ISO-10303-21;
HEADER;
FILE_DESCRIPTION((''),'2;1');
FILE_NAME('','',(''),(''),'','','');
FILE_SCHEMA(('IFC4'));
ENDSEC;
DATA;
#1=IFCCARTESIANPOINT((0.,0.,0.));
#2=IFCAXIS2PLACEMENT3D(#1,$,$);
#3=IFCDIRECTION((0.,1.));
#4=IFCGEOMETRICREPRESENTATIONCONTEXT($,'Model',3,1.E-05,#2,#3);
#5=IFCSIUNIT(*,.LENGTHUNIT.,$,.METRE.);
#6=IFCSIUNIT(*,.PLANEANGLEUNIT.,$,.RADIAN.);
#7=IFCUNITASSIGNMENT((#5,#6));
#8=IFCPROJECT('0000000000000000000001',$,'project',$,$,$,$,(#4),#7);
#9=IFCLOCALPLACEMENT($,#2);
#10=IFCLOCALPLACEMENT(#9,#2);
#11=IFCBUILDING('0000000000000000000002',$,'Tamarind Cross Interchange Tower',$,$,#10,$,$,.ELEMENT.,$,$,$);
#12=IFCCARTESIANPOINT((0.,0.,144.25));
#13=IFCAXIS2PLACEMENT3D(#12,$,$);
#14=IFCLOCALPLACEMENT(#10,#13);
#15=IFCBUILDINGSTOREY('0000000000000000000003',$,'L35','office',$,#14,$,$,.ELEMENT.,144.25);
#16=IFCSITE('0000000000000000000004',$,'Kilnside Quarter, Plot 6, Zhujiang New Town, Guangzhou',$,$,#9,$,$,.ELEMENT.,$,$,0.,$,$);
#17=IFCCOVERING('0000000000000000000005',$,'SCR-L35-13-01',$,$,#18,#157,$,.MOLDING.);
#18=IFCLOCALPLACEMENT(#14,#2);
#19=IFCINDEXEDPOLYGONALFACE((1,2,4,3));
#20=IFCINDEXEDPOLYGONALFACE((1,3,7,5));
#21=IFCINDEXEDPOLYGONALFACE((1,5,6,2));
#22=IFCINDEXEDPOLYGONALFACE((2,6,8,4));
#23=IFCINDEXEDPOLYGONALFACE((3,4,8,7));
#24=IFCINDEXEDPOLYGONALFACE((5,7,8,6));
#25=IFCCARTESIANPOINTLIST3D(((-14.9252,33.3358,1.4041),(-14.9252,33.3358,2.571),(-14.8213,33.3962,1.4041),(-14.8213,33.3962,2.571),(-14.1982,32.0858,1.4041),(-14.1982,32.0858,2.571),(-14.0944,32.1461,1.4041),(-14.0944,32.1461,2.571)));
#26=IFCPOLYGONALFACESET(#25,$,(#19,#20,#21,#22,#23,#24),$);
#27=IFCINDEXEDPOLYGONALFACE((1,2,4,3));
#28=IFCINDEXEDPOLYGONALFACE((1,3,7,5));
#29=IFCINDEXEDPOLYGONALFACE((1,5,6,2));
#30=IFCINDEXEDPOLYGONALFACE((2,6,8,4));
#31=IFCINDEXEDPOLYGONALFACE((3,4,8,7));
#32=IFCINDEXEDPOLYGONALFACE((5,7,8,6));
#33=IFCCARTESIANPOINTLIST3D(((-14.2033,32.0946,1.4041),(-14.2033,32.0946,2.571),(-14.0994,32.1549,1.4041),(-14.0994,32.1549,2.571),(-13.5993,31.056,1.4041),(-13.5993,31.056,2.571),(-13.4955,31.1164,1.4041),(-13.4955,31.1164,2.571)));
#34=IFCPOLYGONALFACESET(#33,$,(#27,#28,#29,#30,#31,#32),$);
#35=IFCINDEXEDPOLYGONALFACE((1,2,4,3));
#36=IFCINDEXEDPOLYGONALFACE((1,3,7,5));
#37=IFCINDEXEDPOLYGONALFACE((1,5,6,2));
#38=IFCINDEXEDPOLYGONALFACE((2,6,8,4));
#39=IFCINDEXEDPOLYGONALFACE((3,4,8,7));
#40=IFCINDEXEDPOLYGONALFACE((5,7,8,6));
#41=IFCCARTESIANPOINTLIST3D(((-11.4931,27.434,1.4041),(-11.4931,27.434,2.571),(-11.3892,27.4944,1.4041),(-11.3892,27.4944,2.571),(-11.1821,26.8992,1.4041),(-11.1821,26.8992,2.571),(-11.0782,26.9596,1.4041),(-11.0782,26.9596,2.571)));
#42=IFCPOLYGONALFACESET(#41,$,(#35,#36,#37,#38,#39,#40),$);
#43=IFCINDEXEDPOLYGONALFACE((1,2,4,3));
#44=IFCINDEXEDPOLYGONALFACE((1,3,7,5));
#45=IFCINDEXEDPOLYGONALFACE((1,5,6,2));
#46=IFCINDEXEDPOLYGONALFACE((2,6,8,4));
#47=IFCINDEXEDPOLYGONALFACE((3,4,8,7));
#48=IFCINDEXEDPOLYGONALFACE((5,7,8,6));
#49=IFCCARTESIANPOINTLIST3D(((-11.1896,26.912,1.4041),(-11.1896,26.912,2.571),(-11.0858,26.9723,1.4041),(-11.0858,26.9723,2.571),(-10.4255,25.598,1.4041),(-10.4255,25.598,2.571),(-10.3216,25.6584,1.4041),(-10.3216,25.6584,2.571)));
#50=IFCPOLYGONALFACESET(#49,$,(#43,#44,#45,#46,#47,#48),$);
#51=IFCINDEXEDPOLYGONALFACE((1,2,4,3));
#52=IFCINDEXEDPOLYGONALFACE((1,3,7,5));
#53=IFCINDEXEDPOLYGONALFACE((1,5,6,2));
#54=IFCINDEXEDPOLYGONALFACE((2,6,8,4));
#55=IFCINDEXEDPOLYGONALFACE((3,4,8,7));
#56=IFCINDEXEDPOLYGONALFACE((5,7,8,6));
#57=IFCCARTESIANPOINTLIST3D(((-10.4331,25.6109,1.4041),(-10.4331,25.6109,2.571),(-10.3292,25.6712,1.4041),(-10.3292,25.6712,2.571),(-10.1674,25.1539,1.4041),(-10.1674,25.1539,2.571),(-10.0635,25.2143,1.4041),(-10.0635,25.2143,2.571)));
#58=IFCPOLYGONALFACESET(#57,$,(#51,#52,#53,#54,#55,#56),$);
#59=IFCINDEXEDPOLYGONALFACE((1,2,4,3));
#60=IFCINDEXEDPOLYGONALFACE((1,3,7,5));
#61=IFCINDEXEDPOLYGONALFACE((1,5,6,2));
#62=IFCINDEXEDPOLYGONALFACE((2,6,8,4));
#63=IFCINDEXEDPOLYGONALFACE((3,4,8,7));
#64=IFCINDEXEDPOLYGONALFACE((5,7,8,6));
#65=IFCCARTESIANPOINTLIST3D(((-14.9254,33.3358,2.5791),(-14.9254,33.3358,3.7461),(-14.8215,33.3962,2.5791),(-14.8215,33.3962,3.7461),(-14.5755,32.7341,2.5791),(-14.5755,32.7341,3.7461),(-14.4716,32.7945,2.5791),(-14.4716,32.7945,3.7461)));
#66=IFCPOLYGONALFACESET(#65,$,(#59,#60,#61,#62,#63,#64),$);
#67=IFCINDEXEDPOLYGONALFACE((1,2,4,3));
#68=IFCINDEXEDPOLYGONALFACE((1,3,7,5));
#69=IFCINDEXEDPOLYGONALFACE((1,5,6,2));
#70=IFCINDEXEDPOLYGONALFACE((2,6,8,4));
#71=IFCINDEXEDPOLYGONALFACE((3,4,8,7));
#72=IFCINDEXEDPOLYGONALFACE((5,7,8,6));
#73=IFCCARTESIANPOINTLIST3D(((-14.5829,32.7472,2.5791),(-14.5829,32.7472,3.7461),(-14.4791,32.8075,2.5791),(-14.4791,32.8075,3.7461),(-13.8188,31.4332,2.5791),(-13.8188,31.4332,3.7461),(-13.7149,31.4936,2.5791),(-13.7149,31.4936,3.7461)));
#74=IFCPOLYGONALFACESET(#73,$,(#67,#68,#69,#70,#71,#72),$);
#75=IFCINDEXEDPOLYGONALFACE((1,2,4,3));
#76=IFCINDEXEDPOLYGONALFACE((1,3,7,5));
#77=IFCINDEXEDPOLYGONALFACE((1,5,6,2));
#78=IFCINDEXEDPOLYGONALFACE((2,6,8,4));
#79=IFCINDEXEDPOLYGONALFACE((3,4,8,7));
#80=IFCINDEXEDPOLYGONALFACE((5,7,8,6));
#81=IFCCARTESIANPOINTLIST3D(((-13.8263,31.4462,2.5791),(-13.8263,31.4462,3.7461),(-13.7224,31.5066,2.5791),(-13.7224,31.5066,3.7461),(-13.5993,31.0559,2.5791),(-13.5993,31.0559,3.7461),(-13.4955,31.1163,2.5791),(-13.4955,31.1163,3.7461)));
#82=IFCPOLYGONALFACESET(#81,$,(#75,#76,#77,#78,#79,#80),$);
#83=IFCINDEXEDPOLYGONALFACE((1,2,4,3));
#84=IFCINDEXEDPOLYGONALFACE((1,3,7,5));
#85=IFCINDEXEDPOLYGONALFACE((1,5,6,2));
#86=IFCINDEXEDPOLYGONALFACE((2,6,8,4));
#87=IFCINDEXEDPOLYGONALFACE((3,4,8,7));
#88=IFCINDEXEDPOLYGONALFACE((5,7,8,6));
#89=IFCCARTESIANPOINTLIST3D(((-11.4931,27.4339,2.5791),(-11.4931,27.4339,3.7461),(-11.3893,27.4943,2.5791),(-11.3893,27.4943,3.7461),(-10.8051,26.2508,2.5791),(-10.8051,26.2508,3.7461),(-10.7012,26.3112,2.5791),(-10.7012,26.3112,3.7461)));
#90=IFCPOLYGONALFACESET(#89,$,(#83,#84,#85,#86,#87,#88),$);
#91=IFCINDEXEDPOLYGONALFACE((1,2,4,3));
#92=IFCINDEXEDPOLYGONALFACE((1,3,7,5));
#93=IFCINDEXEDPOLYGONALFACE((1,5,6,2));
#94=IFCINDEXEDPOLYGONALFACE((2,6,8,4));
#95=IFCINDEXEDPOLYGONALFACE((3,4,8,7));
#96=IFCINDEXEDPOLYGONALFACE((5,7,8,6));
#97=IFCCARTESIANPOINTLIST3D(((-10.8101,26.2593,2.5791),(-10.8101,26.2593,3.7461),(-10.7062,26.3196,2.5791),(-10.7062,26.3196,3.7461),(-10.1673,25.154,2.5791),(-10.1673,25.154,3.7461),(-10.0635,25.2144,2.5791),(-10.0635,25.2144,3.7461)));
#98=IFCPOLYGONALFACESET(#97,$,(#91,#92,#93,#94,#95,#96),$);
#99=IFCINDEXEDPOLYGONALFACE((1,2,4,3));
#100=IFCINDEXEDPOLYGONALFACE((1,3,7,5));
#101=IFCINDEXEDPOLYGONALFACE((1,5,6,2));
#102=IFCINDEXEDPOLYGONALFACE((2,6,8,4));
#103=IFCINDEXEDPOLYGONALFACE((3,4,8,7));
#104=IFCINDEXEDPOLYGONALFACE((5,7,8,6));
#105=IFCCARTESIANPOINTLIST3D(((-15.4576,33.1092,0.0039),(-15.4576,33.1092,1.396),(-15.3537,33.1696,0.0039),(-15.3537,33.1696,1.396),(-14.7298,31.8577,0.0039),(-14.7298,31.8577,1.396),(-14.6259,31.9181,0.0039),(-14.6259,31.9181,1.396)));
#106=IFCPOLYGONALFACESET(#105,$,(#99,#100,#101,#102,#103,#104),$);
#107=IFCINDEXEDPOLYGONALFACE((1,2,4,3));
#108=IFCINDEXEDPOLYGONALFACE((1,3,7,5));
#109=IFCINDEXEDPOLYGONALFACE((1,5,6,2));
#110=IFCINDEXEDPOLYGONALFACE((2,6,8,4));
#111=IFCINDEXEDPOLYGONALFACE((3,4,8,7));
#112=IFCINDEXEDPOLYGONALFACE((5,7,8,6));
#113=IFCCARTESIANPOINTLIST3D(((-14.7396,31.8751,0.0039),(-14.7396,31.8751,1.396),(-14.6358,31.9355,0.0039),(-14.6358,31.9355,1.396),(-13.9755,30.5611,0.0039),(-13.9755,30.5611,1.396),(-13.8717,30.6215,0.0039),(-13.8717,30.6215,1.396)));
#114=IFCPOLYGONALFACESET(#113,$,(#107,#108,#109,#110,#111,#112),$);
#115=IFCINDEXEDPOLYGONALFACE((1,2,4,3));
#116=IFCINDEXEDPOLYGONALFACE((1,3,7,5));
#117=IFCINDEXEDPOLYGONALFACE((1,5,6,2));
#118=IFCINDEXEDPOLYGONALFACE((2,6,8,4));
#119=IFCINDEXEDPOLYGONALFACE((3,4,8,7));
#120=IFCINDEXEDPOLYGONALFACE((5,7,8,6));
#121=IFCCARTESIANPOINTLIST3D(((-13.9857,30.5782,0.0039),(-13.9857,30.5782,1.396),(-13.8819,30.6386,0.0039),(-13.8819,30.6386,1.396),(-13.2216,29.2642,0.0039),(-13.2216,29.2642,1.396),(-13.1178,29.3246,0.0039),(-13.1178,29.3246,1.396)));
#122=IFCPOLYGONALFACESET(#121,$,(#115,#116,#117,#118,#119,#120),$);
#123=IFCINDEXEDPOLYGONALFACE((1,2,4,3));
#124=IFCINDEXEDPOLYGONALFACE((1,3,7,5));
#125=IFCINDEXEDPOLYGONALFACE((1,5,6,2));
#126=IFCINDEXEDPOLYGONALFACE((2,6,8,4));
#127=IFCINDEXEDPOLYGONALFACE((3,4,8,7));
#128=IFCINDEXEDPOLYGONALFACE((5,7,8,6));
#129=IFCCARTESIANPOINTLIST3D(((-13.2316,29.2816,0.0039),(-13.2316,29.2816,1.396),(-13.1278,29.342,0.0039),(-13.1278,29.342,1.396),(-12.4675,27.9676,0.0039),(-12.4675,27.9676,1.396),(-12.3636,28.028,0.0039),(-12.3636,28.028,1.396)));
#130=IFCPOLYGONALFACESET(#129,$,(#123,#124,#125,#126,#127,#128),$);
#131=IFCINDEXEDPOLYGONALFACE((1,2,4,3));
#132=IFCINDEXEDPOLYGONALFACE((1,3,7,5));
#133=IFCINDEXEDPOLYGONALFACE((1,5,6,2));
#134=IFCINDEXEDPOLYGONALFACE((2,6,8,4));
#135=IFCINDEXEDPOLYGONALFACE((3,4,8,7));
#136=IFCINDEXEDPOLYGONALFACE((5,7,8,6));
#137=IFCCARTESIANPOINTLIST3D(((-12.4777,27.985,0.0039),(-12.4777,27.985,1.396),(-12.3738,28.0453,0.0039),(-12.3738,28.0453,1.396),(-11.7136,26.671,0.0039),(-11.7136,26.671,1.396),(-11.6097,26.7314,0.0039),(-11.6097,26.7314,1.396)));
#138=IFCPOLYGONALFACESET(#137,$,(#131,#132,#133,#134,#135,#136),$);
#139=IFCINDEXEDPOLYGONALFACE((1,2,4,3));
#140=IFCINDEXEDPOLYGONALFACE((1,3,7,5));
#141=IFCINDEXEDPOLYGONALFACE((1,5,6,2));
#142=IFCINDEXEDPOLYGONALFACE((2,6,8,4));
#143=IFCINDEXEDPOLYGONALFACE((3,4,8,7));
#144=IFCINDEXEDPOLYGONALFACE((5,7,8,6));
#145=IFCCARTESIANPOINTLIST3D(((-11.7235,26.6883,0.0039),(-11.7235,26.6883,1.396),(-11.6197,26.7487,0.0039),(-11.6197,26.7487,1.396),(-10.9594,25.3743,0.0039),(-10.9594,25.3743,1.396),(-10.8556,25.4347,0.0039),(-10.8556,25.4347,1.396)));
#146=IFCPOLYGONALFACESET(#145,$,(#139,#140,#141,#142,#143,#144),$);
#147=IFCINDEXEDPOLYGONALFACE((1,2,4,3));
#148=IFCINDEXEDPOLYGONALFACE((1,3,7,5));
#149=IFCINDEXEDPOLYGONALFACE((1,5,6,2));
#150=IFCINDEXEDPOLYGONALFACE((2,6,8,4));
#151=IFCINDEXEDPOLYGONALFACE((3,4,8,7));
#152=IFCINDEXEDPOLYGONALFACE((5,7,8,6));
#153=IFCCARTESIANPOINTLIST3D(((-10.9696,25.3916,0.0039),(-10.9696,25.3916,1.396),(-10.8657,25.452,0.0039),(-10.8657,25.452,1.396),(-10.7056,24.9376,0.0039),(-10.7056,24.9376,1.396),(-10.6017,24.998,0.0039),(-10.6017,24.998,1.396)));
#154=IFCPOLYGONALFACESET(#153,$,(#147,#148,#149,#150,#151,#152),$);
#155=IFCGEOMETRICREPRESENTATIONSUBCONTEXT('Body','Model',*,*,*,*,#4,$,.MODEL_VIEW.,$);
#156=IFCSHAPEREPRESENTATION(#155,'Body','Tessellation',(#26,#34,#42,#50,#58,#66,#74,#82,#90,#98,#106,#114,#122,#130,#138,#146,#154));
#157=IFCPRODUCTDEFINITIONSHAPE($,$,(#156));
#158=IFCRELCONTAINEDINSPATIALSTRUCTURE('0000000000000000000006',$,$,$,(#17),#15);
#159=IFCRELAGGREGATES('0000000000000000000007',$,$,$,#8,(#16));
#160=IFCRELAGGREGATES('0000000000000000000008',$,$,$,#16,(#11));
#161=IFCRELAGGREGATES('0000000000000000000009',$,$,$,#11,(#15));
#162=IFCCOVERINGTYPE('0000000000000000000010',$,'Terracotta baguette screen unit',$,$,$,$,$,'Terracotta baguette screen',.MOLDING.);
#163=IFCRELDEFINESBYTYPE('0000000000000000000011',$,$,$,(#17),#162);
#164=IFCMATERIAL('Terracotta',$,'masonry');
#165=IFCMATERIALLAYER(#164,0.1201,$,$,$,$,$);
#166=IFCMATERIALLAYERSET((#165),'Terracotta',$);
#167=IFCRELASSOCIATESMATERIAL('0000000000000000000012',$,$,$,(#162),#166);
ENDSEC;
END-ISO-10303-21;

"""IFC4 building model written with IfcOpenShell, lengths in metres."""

from ifc_helpers import new_model, si_unit, direction, frame, origin, origin_2d, place, context, subcontext, project, spatial, rectangle, extrude, material, layer, layer_set, type_object, element, save


model = new_model("IFC4")

# Units and contexts
model_context = context("Model", 3, precision=1e-05, world=origin(), true_north=direction((0.0, 1.0)))
body_context = subcontext(model_context, "Body", "Model", "MODEL_VIEW")
ifc_project = project(units=[si_unit("LENGTHUNIT", "METRE"), si_unit("PLANEANGLEUNIT", "RADIAN")], contexts=[model_context])

# Site, building, storey
site_placement = place(None, origin())
site = spatial("IfcSite", under=ifc_project, at=site_placement, Name="Kilnside Quarter, Plot 6, Zhujiang New Town, Guangzhou", CompositionType="ELEMENT", RefElevation=0.0)
building_placement = place(site_placement, origin())
building = spatial("IfcBuilding", under=site, at=building_placement, Name="Tamarind Cross Interchange Tower", CompositionType="ELEMENT")
storey_placement = place(building_placement, frame((0.0, 0.0, 144.25)))
storey = spatial("IfcBuildingStorey", under=building, at=storey_placement, Name="L35", Description="office", CompositionType="ELEMENT", Elevation=144.25)

# Covering
ifc_material_1 = material(Name="Terracotta", Category="masonry")
ifc_layer_1 = layer(ifc_material_1, 0.1201)
ifc_layer_set_1 = layer_set([ifc_layer_1], Name="Terracotta")
covering_type = type_object("IfcCoveringType", Name="Terracotta baguette screen unit", ElementType="Terracotta baguette screen", PredefinedType="MOLDING", material=ifc_layer_set_1)
covering_1_placement = place(storey_placement, origin())
element("IfcCovering", 1, at=covering_1_placement, inside=storey, type_object=covering_type, Name="SCR-L35-13-01", PredefinedType="MOLDING", context=body_context, shape_type="SweptSolid", body=[
    extrude(rectangle(XDim=1.446, YDim=0.1201, at=origin_2d()), frame((-14.5098, 32.741, 1.4041), z_axis=(0.0, 0.0, 1.0), x_axis=(0.502708, -0.864456, 0.0)), (0.0, 0.0, 1.0), 1.167),
    extrude(rectangle(XDim=1.2014, YDim=0.1201, at=origin_2d()), frame((-13.8494, 31.6055, 1.4041), z_axis=(0.0, 0.0, 1.0), x_axis=(0.502708, -0.864456, 0.0)), (0.0, 0.0, 1.0), 1.167),
    extrude(rectangle(XDim=0.6187, YDim=0.1201, at=origin_2d()), frame((-11.2856, 27.1968, 1.4041), z_axis=(0.0, 0.0, 1.0), x_axis=(0.502708, -0.864456, 0.0)), (0.0, 0.0, 1.0), 1.167),
    extrude(rectangle(XDim=1.52, YDim=0.1201, at=origin_2d()), frame((-10.7556, 26.2852, 1.4041), z_axis=(0.0, 0.0, 1.0), x_axis=(0.502708, -0.864456, 0.0)), (0.0, 0.0, 1.0), 1.167),
    extrude(rectangle(XDim=0.5286, YDim=0.1201, at=origin_2d()), frame((-10.2483, 25.4126, 1.4041), z_axis=(0.0, 0.0, 1.0), x_axis=(0.502708, -0.864456, 0.0)), (0.0, 0.0, 1.0), 1.167),
    extrude(rectangle(XDim=0.696, YDim=0.1201, at=origin_2d()), frame((-14.6985, 33.0652, 2.5791), z_axis=(0.0, 0.0, 1.0), x_axis=(0.502708, -0.864456, 0.0)), (0.0, 0.0, 1.0), 1.167),
    extrude(rectangle(XDim=1.52, YDim=0.1201, at=origin_2d()), frame((-14.1489, 32.1204, 2.5791), z_axis=(0.0, 0.0, 1.0), x_axis=(0.502708, -0.864456, 0.0)), (0.0, 0.0, 1.0), 1.167),
    extrude(rectangle(XDim=0.4514, YDim=0.1201, at=origin_2d()), frame((-13.6609, 31.2812, 2.5791), z_axis=(0.0, 0.0, 1.0), x_axis=(0.502708, -0.864456, 0.0)), (0.0, 0.0, 1.0), 1.167),
    extrude(rectangle(XDim=1.3687, YDim=0.1201, at=origin_2d()), frame((-11.0972, 26.8726, 2.5791), z_axis=(0.0, 0.0, 1.0), x_axis=(0.502708, -0.864456, 0.0)), (0.0, 0.0, 1.0), 1.167),
    extrude(rectangle(XDim=1.2786, YDim=0.1201, at=origin_2d()), frame((-10.4368, 25.7368, 2.5791), z_axis=(0.0, 0.0, 1.0), x_axis=(0.502708, -0.864456, 0.0)), (0.0, 0.0, 1.0), 1.167),
    extrude(rectangle(XDim=1.4478, YDim=0.1201, at=origin_2d()), frame((-15.0417, 32.5137, 0.0039), z_axis=(0.0, 0.0, 1.0), x_axis=(0.502708, -0.864456, 0.0)), (0.0, 0.0, 1.0), 1.3921),
    extrude(rectangle(XDim=1.52, YDim=0.1201, at=origin_2d()), frame((-14.3057, 31.2483, 0.0039), z_axis=(0.0, 0.0, 1.0), x_axis=(0.502708, -0.864456, 0.0)), (0.0, 0.0, 1.0), 1.3921),
    extrude(rectangle(XDim=1.52, YDim=0.1201, at=origin_2d()), frame((-13.5518, 29.9514, 0.0039), z_axis=(0.0, 0.0, 1.0), x_axis=(0.502708, -0.864456, 0.0)), (0.0, 0.0, 1.0), 1.3921),
    extrude(rectangle(XDim=1.52, YDim=0.1201, at=origin_2d()), frame((-12.7976, 28.6548, 0.0039), z_axis=(0.0, 0.0, 1.0), x_axis=(0.502708, -0.864456, 0.0)), (0.0, 0.0, 1.0), 1.3921),
    extrude(rectangle(XDim=1.52, YDim=0.1201, at=origin_2d()), frame((-12.0437, 27.3582, 0.0039), z_axis=(0.0, 0.0, 1.0), x_axis=(0.502708, -0.864456, 0.0)), (0.0, 0.0, 1.0), 1.3921),
    extrude(rectangle(XDim=1.52, YDim=0.1201, at=origin_2d()), frame((-11.2896, 26.0615, 0.0039), z_axis=(0.0, 0.0, 1.0), x_axis=(0.502708, -0.864456, 0.0)), (0.0, 0.0, 1.0), 1.3921),
    extrude(rectangle(XDim=0.5251, YDim=0.1201, at=origin_2d()), frame((-10.7856, 25.1948, 0.0039), z_axis=(0.0, 0.0, 1.0), x_axis=(0.502708, -0.864456, 0.0)), (0.0, 0.0, 1.0), 1.3921),
])

save(model, "model.ifc")
